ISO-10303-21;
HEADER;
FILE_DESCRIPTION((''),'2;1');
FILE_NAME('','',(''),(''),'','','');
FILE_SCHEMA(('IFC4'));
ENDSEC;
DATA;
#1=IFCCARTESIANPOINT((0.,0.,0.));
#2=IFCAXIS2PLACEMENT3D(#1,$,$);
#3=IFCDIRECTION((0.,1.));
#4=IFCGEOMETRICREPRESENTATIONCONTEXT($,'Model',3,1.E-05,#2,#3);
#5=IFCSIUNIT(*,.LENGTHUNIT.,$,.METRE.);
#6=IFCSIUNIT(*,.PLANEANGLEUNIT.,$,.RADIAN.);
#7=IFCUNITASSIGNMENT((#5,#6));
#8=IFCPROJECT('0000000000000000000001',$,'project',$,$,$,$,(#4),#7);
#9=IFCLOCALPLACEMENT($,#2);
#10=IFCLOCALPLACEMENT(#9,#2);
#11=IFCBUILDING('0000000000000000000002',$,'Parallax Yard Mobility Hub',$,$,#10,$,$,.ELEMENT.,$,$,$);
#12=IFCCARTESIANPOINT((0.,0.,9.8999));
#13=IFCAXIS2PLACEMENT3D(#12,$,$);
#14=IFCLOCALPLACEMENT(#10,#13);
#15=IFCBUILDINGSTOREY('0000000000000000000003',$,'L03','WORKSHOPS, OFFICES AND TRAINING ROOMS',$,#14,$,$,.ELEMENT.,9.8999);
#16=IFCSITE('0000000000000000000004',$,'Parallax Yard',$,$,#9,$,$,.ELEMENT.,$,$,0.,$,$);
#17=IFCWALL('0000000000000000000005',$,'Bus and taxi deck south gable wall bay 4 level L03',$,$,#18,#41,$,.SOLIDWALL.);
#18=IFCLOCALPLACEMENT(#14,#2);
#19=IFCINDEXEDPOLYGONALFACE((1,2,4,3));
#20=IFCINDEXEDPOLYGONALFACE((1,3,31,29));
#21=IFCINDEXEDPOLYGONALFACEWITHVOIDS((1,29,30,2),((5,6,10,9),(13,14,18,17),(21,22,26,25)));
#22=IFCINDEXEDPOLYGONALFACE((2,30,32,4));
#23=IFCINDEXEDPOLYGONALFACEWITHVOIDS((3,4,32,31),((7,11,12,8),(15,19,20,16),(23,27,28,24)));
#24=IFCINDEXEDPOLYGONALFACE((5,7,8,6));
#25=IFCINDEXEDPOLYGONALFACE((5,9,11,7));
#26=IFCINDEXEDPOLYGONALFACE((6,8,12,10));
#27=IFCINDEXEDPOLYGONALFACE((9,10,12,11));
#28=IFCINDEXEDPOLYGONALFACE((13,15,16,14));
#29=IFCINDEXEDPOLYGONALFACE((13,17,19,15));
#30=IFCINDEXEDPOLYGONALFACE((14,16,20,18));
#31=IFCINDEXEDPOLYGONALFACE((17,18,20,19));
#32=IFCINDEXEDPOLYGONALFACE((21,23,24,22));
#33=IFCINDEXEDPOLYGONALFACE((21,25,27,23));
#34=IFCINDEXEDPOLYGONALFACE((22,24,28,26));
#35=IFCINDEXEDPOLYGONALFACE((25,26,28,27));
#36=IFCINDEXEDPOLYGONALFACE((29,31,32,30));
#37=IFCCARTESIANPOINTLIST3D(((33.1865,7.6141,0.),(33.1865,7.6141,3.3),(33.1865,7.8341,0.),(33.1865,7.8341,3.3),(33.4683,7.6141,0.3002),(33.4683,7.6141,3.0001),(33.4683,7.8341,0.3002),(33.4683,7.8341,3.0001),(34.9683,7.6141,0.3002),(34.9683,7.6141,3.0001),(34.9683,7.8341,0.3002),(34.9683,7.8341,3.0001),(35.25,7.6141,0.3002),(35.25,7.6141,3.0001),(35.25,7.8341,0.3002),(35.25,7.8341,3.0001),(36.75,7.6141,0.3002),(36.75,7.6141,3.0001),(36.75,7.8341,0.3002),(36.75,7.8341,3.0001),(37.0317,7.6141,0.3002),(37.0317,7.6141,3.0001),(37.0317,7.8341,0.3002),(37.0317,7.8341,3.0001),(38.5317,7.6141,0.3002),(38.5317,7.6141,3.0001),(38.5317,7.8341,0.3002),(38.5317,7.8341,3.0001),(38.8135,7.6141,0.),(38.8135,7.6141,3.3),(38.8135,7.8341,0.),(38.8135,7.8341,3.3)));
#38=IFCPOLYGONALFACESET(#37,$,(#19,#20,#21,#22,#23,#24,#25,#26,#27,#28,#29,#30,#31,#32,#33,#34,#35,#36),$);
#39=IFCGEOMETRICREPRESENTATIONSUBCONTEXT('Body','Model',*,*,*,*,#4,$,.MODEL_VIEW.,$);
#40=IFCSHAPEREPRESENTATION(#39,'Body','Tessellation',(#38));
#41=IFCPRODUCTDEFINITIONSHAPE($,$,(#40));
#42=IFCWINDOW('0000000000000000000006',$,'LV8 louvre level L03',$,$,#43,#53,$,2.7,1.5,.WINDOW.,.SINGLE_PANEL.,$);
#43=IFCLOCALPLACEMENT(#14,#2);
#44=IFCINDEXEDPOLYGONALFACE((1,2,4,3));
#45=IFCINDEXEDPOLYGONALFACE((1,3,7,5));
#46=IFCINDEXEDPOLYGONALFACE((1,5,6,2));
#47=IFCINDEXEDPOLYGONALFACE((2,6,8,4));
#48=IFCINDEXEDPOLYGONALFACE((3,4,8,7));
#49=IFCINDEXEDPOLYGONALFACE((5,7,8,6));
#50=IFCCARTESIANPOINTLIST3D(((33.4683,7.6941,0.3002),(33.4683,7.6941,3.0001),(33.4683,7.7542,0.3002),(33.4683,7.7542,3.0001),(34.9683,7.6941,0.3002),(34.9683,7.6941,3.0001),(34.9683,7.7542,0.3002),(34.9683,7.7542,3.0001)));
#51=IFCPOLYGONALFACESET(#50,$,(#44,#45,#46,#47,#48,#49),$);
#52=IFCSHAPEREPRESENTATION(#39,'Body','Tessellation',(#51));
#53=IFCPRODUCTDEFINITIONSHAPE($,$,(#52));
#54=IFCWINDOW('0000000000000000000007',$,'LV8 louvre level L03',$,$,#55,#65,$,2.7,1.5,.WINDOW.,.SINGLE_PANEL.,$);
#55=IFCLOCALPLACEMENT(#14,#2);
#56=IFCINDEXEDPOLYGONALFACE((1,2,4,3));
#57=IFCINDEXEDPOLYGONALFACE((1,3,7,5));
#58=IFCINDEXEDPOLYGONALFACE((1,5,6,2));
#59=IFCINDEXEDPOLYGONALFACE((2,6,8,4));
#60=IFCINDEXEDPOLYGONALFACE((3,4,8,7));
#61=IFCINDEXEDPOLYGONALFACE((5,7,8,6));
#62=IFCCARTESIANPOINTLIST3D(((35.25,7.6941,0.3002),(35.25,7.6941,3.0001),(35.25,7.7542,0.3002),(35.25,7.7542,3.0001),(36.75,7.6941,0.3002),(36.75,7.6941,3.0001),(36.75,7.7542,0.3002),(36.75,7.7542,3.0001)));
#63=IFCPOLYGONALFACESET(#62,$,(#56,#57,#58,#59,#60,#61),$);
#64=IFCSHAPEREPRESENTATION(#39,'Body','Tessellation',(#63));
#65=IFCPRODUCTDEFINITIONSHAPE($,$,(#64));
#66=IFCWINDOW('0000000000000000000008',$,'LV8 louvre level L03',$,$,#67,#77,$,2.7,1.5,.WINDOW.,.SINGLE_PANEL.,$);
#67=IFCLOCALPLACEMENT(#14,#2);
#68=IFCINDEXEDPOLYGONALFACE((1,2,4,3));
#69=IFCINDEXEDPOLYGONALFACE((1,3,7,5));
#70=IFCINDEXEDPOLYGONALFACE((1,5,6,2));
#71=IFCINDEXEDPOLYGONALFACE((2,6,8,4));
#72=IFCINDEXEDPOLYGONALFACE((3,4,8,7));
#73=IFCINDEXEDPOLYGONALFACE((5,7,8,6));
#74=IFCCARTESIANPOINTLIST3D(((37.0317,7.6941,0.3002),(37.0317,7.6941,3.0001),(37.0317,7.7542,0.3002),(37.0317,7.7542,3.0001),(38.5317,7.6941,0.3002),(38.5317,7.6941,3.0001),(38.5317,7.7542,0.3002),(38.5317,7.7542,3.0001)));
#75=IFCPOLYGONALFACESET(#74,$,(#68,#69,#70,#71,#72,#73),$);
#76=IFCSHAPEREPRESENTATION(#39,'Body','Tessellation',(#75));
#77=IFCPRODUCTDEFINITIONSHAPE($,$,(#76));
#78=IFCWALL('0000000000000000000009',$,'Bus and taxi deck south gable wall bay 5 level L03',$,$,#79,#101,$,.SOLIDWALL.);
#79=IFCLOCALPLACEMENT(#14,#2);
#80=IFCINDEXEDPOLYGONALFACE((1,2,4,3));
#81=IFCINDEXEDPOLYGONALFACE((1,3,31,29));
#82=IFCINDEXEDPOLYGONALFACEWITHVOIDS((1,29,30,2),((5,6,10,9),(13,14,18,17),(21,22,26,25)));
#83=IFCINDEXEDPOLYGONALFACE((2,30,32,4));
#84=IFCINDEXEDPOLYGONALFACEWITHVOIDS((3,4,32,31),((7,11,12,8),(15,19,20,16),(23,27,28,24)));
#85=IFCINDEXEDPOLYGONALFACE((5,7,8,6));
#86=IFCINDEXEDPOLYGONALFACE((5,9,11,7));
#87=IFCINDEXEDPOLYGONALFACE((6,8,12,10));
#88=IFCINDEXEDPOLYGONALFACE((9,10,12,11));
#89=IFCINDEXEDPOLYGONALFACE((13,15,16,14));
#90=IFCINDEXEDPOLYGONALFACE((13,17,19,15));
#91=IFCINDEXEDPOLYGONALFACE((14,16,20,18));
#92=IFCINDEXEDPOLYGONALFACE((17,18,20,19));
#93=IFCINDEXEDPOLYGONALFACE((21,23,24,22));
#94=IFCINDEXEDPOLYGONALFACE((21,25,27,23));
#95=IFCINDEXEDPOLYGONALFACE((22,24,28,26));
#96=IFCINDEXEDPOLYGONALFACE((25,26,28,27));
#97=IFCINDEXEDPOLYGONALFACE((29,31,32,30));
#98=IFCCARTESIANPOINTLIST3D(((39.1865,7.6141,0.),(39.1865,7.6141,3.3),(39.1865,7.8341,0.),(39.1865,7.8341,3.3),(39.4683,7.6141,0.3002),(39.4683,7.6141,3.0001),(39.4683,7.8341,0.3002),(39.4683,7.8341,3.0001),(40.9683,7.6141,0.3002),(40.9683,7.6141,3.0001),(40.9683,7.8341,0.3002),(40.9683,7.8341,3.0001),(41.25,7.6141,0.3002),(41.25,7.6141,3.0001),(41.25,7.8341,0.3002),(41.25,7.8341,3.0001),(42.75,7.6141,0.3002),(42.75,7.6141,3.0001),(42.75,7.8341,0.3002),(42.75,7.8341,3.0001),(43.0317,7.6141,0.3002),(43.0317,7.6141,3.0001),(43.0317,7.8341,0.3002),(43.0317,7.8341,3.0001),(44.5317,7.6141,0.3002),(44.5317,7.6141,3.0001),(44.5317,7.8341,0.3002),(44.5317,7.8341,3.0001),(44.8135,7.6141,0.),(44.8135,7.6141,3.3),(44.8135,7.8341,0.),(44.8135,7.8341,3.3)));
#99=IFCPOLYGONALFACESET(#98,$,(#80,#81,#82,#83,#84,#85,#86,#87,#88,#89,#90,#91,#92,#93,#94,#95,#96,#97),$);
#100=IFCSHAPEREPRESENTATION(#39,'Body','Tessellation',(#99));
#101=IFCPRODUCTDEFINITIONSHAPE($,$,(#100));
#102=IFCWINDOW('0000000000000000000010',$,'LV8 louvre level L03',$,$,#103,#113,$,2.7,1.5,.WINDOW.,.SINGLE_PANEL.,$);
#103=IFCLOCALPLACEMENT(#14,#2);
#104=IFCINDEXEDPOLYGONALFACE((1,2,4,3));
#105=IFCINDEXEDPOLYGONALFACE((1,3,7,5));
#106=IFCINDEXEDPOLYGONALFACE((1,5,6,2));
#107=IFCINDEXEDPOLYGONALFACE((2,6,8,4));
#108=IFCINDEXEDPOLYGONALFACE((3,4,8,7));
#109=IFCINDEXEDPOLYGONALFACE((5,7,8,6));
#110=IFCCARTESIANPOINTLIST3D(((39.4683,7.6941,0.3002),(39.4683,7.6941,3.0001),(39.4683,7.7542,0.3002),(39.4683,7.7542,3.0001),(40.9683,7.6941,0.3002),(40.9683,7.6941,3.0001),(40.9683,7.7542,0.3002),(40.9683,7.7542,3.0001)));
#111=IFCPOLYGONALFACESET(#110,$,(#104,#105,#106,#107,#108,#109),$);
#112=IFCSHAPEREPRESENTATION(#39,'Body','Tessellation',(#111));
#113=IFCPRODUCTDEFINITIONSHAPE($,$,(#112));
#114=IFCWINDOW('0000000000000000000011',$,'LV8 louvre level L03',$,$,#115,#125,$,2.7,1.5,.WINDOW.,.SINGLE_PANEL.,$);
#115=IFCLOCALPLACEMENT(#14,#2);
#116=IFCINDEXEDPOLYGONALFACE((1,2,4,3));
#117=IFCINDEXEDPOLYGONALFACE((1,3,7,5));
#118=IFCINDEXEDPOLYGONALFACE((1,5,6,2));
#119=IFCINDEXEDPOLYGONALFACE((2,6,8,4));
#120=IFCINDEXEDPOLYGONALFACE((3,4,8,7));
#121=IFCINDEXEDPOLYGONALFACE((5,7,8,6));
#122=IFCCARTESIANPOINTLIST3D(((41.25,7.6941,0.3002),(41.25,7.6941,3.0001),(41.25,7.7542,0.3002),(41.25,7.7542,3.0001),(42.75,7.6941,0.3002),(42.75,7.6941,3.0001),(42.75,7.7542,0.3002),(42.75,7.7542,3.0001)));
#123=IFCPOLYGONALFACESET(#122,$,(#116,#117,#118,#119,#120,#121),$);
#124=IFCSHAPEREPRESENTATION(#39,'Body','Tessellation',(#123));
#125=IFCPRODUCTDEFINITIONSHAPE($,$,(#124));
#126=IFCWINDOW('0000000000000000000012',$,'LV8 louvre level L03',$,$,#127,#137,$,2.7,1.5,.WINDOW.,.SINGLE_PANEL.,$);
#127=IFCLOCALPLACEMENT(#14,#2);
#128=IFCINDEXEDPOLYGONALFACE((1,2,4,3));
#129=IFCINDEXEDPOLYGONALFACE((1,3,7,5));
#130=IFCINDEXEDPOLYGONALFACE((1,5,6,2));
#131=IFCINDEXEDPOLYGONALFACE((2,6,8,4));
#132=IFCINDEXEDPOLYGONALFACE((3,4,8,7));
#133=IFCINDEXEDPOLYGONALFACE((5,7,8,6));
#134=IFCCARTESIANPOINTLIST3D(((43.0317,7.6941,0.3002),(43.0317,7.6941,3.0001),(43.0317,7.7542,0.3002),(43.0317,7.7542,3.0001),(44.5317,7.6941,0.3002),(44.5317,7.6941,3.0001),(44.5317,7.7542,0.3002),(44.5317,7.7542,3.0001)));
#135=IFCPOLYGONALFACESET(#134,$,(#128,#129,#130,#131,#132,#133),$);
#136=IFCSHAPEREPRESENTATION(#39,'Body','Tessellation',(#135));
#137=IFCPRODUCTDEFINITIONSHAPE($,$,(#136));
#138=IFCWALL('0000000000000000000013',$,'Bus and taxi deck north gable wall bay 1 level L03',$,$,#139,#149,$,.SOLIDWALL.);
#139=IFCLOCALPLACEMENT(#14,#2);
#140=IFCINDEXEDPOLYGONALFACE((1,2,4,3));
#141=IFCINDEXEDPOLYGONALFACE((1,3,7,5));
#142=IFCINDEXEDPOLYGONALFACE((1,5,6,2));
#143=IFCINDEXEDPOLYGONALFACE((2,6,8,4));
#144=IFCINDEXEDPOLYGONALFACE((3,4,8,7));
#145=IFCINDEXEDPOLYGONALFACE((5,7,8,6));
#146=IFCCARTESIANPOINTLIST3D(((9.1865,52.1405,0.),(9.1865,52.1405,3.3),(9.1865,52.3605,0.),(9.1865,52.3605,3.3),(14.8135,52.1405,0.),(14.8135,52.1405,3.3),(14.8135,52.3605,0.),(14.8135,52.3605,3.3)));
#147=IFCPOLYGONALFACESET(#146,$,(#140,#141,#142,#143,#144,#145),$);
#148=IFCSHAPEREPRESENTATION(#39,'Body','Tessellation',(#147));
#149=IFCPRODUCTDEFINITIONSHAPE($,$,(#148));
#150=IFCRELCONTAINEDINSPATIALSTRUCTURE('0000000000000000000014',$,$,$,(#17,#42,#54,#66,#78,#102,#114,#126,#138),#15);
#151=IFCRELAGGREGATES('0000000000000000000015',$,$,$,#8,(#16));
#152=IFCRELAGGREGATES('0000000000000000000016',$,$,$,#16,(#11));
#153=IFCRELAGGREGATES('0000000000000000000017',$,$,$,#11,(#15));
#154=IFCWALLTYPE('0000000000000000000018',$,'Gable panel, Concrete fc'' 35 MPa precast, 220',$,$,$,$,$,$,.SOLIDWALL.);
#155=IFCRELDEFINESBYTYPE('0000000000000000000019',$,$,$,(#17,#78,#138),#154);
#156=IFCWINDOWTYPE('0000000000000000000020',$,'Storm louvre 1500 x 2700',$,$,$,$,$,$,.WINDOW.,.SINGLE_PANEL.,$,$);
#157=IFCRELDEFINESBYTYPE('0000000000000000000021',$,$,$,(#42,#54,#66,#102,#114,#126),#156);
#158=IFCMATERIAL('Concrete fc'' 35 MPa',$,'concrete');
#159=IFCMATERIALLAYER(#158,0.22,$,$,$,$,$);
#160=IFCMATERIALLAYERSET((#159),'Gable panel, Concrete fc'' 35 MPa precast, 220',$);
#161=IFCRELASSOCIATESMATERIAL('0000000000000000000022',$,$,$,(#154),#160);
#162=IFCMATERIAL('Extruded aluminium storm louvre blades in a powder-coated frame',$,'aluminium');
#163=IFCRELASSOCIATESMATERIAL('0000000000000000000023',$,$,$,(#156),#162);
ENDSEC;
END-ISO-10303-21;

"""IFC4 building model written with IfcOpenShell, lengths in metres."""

from ifc_helpers import new_model, si_unit, direction, frame, frame_2d, origin, place, context, subcontext, project, spatial, rectangle, extrude, material, layer, layer_set, type_object, element, fill, save


model = new_model("IFC4")

# Units and contexts
model_context = context("Model", 3, precision=1e-05, world=origin(), true_north=direction((0.0, 1.0)))
body_context = subcontext(model_context, "Body", "Model", "MODEL_VIEW")
ifc_project = project(units=[si_unit("LENGTHUNIT", "METRE"), si_unit("PLANEANGLEUNIT", "RADIAN")], contexts=[model_context])

# Site, building, storey
site_placement = place(None, origin())
site = spatial("IfcSite", under=ifc_project, at=site_placement, Name="Parallax Yard", CompositionType="ELEMENT", RefElevation=0.0)
building_placement = place(site_placement, origin())
building = spatial("IfcBuilding", under=site, at=building_placement, Name="Parallax Yard Mobility Hub", CompositionType="ELEMENT")
storey_placement = place(building_placement, frame((0.0, 0.0, 9.8999)))
storey = spatial("IfcBuildingStorey", under=building, at=storey_placement, Name="L03", Description="WORKSHOPS, OFFICES AND TRAINING ROOMS", CompositionType="ELEMENT", Elevation=9.8999)

# Shared definitions
ifc_material_1 = material(Name="Concrete fc' 35 MPa", Category="concrete")
ifc_layer = layer(ifc_material_1, 0.22)
ifc_layer_set = layer_set([ifc_layer], Name="Gable panel, Concrete fc' 35 MPa precast, 220")
wall_type = type_object("IfcWallType", Name="Gable panel, Concrete fc' 35 MPa precast, 220", PredefinedType="SOLIDWALL", material=ifc_layer_set)

# Walls, openings, windows
ifc_material_2 = material(Name="Extruded aluminium storm louvre blades in a powder-coated frame", Category="aluminium")
window_type = type_object("IfcWindowType", Name="Storm louvre 1500 x 2700", PartitioningType="SINGLE_PANEL", PredefinedType="WINDOW", material=ifc_material_2)
wall_1_placement = place(storey_placement, frame((33.1865, 7.7241, 0.0), z_axis=(0.0, 0.0, 1.0), x_axis=(1.0, 0.0, 0.0)))
wall_1 = element("IfcWall", 1, at=wall_1_placement, inside=storey, type_object=wall_type, Name="Bus and taxi deck south gable wall bay 4 level L03", PredefinedType="SOLIDWALL", context=body_context, shape_type="SweptSolid", body=[
    extrude(rectangle(XDim=5.627, YDim=0.22, at=frame_2d((2.8135, 0.0))), origin(), (0.0, 0.0, 1.0), 3.3),
])
opening_1_placement = place(wall_1_placement, frame((0.2817, 0.0, 0.3)))
opening_1 = element("IfcOpeningElement", 2, at=opening_1_placement, cuts=wall_1, PredefinedType="OPENING", context=body_context, shape_type="SweptSolid", body=[
    extrude(rectangle(XDim=1.5, YDim=2.7, at=frame_2d((0.75, 1.3501))), frame((0.0, 0.1201, 0.0), z_axis=(0.0, -1.0, 0.0), x_axis=(1.0, 0.0, 0.0)), (0.0, 0.0, 1.0), 0.24),
])
opening_2_placement = place(wall_1_placement, frame((2.0635, 0.0, 0.3)))
opening_2 = element("IfcOpeningElement", 3, at=opening_2_placement, cuts=wall_1, PredefinedType="OPENING", context=body_context, shape_type="SweptSolid", body=[
    extrude(rectangle(XDim=1.5, YDim=2.7, at=frame_2d((0.75, 1.3501))), frame((0.0, 0.1201, 0.0), z_axis=(0.0, -1.0, 0.0), x_axis=(1.0, 0.0, 0.0)), (0.0, 0.0, 1.0), 0.24),
])
opening_3_placement = place(wall_1_placement, frame((3.8452, 0.0, 0.3)))
opening_3 = element("IfcOpeningElement", 4, at=opening_3_placement, cuts=wall_1, PredefinedType="OPENING", context=body_context, shape_type="SweptSolid", body=[
    extrude(rectangle(XDim=1.5, YDim=2.7, at=frame_2d((0.75, 1.3501))), frame((0.0, 0.1201, 0.0), z_axis=(0.0, -1.0, 0.0), x_axis=(1.0, 0.0, 0.0)), (0.0, 0.0, 1.0), 0.24),
])
window_1_placement = place(opening_1_placement, origin())
window_1 = element("IfcWindow", 5, at=window_1_placement, inside=storey, type_object=window_type, Name="LV8 louvre level L03", OverallHeight=2.7, OverallWidth=1.5, PartitioningType="SINGLE_PANEL", PredefinedType="WINDOW", context=body_context, shape_type="SweptSolid", body=[
    extrude(rectangle(XDim=1.5, YDim=2.7, at=frame_2d((0.75, 1.3501))), frame((0.0, 0.03, 0.0), z_axis=(0.0, -1.0, 0.0), x_axis=(1.0, 0.0, 0.0)), (0.0, 0.0, 1.0), 0.0601),
])
fill(opening_1, window_1)
window_2_placement = place(opening_2_placement, origin())
window_2 = element("IfcWindow", 6, at=window_2_placement, inside=storey, type_object=window_type, Name="LV8 louvre level L03", OverallHeight=2.7, OverallWidth=1.5, PartitioningType="SINGLE_PANEL", PredefinedType="WINDOW", context=body_context, shape_type="SweptSolid", body=[
    extrude(rectangle(XDim=1.5, YDim=2.7, at=frame_2d((0.75, 1.3501))), frame((0.0, 0.03, 0.0), z_axis=(0.0, -1.0, 0.0), x_axis=(1.0, 0.0, 0.0)), (0.0, 0.0, 1.0), 0.0601),
])
fill(opening_2, window_2)
window_3_placement = place(opening_3_placement, origin())
window_3 = element("IfcWindow", 7, at=window_3_placement, inside=storey, type_object=window_type, Name="LV8 louvre level L03", OverallHeight=2.7, OverallWidth=1.5, PartitioningType="SINGLE_PANEL", PredefinedType="WINDOW", context=body_context, shape_type="SweptSolid", body=[
    extrude(rectangle(XDim=1.5, YDim=2.7, at=frame_2d((0.75, 1.3501))), frame((0.0, 0.03, 0.0), z_axis=(0.0, -1.0, 0.0), x_axis=(1.0, 0.0, 0.0)), (0.0, 0.0, 1.0), 0.0601),
])
fill(opening_3, window_3)
wall_2_placement = place(storey_placement, frame((39.1865, 7.7241, 0.0), z_axis=(0.0, 0.0, 1.0), x_axis=(1.0, 0.0, 0.0)))
wall_2 = element("IfcWall", 8, at=wall_2_placement, inside=storey, type_object=wall_type, Name="Bus and taxi deck south gable wall bay 5 level L03", PredefinedType="SOLIDWALL", context=body_context, shape_type="SweptSolid", body=[
    extrude(rectangle(XDim=5.627, YDim=0.22, at=frame_2d((2.8135, 0.0))), origin(), (0.0, 0.0, 1.0), 3.3),
])
opening_4_placement = place(wall_2_placement, frame((0.2817, 0.0, 0.3)))
opening_4 = element("IfcOpeningElement", 9, at=opening_4_placement, cuts=wall_2, PredefinedType="OPENING", context=body_context, shape_type="SweptSolid", body=[
    extrude(rectangle(XDim=1.5, YDim=2.7, at=frame_2d((0.75, 1.3501))), frame((0.0, 0.1201, 0.0), z_axis=(0.0, -1.0, 0.0), x_axis=(1.0, 0.0, 0.0)), (0.0, 0.0, 1.0), 0.24),
])
opening_5_placement = place(wall_2_placement, frame((2.0635, 0.0, 0.3)))
opening_5 = element("IfcOpeningElement", 10, at=opening_5_placement, cuts=wall_2, PredefinedType="OPENING", context=body_context, shape_type="SweptSolid", body=[
    extrude(rectangle(XDim=1.5, YDim=2.7, at=frame_2d((0.75, 1.3501))), frame((0.0, 0.1201, 0.0), z_axis=(0.0, -1.0, 0.0), x_axis=(1.0, 0.0, 0.0)), (0.0, 0.0, 1.0), 0.24),
])
opening_6_placement = place(wall_2_placement, frame((3.8452, 0.0, 0.3)))
opening_6 = element("IfcOpeningElement", 11, at=opening_6_placement, cuts=wall_2, PredefinedType="OPENING", context=body_context, shape_type="SweptSolid", body=[
    extrude(rectangle(XDim=1.5, YDim=2.7, at=frame_2d((0.75, 1.3501))), frame((0.0, 0.1201, 0.0), z_axis=(0.0, -1.0, 0.0), x_axis=(1.0, 0.0, 0.0)), (0.0, 0.0, 1.0), 0.24),
])
window_4_placement = place(opening_4_placement, origin())
window_4 = element("IfcWindow", 12, at=window_4_placement, inside=storey, type_object=window_type, Name="LV8 louvre level L03", OverallHeight=2.7, OverallWidth=1.5, PartitioningType="SINGLE_PANEL", PredefinedType="WINDOW", context=body_context, shape_type="SweptSolid", body=[
    extrude(rectangle(XDim=1.5, YDim=2.7, at=frame_2d((0.75, 1.3501))), frame((0.0, 0.03, 0.0), z_axis=(0.0, -1.0, 0.0), x_axis=(1.0, 0.0, 0.0)), (0.0, 0.0, 1.0), 0.0601),
])
fill(opening_4, window_4)
window_5_placement = place(opening_5_placement, origin())
window_5 = element("IfcWindow", 13, at=window_5_placement, inside=storey, type_object=window_type, Name="LV8 louvre level L03", OverallHeight=2.7, OverallWidth=1.5, PartitioningType="SINGLE_PANEL", PredefinedType="WINDOW", context=body_context, shape_type="SweptSolid", body=[
    extrude(rectangle(XDim=1.5, YDim=2.7, at=frame_2d((0.75, 1.3501))), frame((0.0, 0.03, 0.0), z_axis=(0.0, -1.0, 0.0), x_axis=(1.0, 0.0, 0.0)), (0.0, 0.0, 1.0), 0.0601),
])
fill(opening_5, window_5)
window_6_placement = place(opening_6_placement, origin())
window_6 = element("IfcWindow", 14, at=window_6_placement, inside=storey, type_object=window_type, Name="LV8 louvre level L03", OverallHeight=2.7, OverallWidth=1.5, PartitioningType="SINGLE_PANEL", PredefinedType="WINDOW", context=body_context, shape_type="SweptSolid", body=[
    extrude(rectangle(XDim=1.5, YDim=2.7, at=frame_2d((0.75, 1.3501))), frame((0.0, 0.03, 0.0), z_axis=(0.0, -1.0, 0.0), x_axis=(1.0, 0.0, 0.0)), (0.0, 0.0, 1.0), 0.0601),
])
fill(opening_6, window_6)

# Wall
wall_3_placement = place(storey_placement, frame((9.1865, 52.2505, 0.0), z_axis=(0.0, 0.0, 1.0), x_axis=(1.0, 0.0, 0.0)))
element("IfcWall", 15, at=wall_3_placement, inside=storey, type_object=wall_type, Name="Bus and taxi deck north gable wall bay 1 level L03", PredefinedType="SOLIDWALL", context=body_context, shape_type="SweptSolid", body=[
    extrude(rectangle(XDim=5.627, YDim=0.22, at=frame_2d((2.8135, 0.0))), origin(), (0.0, 0.0, 1.0), 3.3),
])

save(model, "model.ifc")
